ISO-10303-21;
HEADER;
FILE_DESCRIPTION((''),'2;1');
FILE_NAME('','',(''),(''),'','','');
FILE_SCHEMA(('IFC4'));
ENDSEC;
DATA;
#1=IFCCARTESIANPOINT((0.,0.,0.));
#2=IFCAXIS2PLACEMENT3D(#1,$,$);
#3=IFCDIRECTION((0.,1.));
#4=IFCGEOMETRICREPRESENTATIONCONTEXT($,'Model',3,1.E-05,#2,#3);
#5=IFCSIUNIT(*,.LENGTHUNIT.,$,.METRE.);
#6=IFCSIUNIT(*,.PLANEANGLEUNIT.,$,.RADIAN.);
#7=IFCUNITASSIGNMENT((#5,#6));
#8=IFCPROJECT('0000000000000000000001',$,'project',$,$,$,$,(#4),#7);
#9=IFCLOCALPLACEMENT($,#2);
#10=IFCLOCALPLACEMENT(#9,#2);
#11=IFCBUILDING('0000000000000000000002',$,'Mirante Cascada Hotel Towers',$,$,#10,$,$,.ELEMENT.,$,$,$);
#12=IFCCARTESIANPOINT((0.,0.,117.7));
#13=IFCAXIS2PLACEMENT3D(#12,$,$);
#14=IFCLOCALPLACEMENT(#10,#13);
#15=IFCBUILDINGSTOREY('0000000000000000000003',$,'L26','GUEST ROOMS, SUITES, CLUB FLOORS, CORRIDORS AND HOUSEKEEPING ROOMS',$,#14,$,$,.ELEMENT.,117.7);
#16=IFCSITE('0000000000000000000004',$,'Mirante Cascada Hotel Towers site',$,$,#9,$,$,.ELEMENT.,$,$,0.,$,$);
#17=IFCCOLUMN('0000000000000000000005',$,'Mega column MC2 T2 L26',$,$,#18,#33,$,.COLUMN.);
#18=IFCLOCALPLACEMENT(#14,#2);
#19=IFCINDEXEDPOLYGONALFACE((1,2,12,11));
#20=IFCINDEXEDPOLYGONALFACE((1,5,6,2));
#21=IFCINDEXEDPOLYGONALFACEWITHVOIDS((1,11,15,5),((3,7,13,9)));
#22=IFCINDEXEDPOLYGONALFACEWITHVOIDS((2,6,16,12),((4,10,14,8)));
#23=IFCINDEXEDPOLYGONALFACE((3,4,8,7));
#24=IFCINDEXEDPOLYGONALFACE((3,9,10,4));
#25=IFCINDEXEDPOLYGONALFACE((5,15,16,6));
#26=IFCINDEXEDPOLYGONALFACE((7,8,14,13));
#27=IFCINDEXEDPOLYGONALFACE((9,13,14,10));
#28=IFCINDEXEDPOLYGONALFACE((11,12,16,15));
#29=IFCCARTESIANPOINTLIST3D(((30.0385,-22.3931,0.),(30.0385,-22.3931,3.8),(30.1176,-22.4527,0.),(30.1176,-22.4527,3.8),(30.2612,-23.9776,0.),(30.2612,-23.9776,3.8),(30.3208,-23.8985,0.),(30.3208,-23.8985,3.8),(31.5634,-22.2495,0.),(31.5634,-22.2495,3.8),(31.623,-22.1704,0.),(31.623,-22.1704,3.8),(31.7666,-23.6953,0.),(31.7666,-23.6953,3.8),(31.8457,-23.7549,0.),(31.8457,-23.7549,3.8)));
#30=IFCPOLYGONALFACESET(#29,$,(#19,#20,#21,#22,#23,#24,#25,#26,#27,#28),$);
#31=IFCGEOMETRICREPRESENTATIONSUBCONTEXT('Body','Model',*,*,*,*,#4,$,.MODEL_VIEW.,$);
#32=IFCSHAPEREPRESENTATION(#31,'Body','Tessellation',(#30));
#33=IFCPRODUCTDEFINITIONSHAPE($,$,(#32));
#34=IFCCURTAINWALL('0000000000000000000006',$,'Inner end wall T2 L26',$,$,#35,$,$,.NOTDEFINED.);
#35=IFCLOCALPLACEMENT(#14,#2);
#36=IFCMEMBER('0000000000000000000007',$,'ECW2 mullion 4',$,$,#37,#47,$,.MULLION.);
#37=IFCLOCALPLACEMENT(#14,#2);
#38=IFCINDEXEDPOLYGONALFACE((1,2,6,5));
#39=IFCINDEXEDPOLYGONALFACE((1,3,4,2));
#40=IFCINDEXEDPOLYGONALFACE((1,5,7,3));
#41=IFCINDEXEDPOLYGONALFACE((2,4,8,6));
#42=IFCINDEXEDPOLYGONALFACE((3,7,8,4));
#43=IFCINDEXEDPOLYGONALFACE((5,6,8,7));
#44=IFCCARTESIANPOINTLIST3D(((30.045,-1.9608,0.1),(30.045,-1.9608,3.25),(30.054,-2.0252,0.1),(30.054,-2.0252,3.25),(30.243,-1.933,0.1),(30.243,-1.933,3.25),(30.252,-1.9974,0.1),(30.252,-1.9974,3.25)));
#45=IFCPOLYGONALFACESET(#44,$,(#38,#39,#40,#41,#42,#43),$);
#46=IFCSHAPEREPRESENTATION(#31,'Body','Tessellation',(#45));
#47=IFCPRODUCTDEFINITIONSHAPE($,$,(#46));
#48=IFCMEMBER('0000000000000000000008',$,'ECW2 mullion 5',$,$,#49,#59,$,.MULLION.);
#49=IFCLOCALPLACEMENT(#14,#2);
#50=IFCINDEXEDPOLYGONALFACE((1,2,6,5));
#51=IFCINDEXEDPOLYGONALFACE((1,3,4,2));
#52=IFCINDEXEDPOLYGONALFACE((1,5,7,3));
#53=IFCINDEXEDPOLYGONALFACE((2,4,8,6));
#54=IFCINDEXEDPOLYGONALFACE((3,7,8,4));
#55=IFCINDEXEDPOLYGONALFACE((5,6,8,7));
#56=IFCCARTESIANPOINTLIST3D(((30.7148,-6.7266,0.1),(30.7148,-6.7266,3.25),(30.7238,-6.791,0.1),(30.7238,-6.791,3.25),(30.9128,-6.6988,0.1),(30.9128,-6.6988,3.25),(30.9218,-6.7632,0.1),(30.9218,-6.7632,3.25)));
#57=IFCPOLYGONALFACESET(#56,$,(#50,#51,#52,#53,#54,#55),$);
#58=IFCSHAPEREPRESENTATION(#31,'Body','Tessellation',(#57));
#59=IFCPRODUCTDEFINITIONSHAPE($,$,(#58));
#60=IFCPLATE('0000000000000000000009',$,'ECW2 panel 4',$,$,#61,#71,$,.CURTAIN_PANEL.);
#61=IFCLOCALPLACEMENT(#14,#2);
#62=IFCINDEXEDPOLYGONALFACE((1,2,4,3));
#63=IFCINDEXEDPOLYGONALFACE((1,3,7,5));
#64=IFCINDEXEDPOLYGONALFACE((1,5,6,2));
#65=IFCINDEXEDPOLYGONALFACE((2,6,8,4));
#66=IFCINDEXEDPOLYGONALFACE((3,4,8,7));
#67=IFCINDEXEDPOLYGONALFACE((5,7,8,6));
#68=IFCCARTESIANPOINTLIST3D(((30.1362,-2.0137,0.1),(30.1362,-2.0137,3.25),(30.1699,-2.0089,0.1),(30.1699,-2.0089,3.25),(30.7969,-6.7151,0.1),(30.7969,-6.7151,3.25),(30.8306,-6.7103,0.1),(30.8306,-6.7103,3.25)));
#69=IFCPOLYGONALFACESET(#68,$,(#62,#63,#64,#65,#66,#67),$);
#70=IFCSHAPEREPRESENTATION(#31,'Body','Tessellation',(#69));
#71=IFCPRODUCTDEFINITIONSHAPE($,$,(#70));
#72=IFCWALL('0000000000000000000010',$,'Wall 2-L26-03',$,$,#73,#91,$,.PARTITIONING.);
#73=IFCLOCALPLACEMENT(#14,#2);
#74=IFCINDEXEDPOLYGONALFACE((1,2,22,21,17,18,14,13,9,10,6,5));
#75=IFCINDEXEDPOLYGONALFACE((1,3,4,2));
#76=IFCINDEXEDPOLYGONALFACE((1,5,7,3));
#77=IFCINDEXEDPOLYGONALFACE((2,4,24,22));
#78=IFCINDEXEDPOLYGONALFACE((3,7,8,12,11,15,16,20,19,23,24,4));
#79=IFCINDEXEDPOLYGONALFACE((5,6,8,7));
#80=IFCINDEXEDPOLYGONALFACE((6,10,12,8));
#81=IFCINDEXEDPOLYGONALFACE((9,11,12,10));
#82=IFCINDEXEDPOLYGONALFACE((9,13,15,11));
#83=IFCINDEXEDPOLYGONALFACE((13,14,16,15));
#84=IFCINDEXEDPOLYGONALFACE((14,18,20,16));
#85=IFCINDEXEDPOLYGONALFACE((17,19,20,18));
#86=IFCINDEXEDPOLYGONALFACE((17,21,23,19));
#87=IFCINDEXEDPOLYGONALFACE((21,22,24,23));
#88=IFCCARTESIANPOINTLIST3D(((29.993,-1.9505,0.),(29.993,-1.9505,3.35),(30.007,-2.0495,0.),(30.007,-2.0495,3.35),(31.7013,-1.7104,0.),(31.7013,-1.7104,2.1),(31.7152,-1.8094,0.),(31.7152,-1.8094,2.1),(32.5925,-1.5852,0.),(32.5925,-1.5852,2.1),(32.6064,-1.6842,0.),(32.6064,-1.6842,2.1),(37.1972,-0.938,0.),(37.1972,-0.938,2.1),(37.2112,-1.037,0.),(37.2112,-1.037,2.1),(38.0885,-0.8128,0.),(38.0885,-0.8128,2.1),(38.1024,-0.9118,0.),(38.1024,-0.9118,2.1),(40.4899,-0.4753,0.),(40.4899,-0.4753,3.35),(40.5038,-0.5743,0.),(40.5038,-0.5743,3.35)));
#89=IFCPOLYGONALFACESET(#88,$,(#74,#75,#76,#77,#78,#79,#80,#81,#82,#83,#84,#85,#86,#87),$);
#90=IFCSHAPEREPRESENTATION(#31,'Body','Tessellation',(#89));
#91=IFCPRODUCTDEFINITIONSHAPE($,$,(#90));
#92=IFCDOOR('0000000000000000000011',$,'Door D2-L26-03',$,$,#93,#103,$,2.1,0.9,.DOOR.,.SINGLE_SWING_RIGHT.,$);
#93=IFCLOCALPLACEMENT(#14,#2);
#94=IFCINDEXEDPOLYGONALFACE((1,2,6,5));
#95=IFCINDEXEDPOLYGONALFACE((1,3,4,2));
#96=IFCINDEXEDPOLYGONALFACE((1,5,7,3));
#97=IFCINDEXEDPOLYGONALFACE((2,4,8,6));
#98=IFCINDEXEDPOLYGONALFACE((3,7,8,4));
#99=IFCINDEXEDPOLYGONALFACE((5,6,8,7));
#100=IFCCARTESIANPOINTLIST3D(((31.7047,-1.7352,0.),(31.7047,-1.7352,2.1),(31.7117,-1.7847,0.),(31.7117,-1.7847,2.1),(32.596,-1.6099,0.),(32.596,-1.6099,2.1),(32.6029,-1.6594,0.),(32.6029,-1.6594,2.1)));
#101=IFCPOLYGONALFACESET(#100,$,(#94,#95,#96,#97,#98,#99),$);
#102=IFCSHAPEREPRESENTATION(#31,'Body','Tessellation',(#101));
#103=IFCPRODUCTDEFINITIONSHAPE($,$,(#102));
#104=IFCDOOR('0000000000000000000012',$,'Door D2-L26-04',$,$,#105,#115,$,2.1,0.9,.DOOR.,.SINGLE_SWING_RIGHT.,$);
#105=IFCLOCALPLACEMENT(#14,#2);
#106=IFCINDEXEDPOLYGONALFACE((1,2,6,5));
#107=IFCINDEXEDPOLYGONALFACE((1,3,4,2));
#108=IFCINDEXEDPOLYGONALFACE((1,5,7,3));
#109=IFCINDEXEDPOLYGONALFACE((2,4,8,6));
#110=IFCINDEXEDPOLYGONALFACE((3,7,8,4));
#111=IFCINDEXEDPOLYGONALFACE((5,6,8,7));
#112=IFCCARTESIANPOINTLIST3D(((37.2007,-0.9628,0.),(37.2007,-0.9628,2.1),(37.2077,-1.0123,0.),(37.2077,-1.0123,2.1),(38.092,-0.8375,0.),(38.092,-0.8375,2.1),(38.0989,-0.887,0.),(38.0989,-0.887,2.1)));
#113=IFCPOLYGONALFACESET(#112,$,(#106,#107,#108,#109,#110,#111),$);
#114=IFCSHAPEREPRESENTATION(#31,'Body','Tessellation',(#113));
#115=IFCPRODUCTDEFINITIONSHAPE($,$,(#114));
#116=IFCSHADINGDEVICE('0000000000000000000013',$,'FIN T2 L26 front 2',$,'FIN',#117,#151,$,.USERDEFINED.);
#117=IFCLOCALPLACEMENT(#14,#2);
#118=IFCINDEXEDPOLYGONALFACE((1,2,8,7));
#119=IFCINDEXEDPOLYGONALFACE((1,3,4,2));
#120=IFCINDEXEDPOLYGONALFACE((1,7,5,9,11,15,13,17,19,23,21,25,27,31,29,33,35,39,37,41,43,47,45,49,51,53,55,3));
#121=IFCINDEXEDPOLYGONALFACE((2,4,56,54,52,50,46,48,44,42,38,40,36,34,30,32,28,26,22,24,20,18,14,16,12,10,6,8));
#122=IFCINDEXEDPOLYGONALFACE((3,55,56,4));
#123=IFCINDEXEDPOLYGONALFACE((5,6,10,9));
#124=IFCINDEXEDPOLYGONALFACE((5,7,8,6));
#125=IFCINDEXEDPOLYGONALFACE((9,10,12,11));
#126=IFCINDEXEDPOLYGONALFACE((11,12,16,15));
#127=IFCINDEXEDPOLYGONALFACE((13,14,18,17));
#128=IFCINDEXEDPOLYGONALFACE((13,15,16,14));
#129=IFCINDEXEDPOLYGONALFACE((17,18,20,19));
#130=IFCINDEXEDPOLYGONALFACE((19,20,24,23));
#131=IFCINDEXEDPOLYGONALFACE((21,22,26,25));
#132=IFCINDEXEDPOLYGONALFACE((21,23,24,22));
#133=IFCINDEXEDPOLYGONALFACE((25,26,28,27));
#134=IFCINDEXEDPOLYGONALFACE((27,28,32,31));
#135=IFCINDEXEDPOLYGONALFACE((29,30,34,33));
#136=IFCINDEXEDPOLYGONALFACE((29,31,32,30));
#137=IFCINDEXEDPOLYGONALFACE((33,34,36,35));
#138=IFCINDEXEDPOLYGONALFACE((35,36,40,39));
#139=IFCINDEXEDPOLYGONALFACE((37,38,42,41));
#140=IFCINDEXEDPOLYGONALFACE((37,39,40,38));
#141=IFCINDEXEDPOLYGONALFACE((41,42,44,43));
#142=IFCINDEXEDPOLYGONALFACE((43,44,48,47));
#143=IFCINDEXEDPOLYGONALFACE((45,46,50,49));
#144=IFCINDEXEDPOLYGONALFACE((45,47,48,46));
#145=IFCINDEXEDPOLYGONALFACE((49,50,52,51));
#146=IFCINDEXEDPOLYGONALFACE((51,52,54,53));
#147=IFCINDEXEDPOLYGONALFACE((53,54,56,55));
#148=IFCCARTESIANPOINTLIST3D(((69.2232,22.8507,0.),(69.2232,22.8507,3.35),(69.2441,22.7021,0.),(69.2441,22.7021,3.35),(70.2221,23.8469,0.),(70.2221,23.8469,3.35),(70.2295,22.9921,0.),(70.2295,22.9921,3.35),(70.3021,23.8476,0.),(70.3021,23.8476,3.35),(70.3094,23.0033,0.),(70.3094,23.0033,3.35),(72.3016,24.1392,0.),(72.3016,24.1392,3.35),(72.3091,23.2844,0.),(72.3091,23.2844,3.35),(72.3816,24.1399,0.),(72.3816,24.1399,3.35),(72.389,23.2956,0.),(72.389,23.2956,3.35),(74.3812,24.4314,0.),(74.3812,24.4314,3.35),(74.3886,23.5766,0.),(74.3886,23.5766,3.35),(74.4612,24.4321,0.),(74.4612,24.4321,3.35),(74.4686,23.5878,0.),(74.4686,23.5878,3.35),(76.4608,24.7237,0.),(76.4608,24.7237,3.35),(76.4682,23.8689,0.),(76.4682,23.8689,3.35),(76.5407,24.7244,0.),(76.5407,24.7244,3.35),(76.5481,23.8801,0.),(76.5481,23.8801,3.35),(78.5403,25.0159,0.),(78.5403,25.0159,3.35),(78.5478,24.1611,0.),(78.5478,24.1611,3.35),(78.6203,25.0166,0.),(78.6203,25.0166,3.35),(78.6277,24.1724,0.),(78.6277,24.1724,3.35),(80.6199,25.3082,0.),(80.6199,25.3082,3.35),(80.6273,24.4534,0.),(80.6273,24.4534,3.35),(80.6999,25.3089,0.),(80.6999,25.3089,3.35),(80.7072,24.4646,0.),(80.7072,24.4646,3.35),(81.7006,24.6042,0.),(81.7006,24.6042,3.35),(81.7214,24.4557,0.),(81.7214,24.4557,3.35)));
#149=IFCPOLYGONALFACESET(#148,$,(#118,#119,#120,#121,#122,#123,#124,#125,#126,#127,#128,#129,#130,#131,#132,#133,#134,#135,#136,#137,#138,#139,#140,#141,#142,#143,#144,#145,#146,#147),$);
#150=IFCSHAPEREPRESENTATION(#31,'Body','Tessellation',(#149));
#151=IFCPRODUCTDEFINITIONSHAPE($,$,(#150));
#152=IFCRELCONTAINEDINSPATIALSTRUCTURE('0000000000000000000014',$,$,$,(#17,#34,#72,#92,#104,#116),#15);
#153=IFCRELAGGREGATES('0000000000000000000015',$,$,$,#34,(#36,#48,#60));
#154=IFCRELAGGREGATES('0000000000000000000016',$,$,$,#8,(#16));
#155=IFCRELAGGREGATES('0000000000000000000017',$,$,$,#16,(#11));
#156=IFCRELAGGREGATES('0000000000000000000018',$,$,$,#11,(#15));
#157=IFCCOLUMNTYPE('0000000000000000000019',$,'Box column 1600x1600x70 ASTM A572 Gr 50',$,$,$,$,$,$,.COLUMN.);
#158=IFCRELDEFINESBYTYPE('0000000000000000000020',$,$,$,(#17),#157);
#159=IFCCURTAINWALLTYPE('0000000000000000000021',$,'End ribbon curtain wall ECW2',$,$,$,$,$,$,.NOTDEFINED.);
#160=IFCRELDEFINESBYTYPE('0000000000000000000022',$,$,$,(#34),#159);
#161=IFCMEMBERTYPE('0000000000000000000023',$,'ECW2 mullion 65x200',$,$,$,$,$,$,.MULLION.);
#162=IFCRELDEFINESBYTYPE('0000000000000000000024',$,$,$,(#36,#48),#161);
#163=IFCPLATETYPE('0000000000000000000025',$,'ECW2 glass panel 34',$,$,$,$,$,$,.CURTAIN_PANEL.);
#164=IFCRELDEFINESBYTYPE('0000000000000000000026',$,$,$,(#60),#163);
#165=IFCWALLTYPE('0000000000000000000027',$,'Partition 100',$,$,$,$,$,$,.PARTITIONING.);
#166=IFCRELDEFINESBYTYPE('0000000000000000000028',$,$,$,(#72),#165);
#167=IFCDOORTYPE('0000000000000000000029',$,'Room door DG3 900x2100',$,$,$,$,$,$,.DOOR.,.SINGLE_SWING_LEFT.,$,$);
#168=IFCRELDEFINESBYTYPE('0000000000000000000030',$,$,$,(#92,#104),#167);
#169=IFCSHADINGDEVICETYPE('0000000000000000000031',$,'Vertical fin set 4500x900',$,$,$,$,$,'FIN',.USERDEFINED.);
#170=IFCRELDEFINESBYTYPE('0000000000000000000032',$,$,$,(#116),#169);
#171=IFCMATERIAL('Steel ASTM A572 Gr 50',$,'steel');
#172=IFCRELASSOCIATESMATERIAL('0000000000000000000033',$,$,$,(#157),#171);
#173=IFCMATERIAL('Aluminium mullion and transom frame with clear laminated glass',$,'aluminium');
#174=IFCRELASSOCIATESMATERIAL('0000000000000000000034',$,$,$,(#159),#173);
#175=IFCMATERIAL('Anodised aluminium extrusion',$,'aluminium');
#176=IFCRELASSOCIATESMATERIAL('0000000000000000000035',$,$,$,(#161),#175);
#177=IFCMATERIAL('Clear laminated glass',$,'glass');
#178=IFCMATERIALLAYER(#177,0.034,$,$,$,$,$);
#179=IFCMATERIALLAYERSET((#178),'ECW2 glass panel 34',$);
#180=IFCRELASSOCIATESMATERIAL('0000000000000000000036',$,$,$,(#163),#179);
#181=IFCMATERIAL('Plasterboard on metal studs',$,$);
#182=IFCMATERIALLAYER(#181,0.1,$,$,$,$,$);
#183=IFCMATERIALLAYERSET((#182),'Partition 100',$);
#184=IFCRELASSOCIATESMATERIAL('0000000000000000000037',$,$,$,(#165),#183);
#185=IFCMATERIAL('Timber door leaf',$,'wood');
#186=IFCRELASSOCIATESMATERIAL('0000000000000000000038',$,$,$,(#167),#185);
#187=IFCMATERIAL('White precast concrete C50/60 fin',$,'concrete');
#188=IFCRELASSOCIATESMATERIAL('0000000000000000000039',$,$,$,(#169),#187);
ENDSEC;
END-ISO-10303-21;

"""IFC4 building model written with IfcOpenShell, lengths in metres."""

from ifc_helpers import new_model, si_unit, direction, frame, frame_2d, origin, origin_2d, place, context, subcontext, project, spatial, polyline, rectangle, hollow_rectangle, outline, extrude, material, layer, layer_set, material_profile, profile_set, type_object, element, fill, aggregate, save


model = new_model("IFC4")

# Units and contexts
model_context = context("Model", 3, precision=1e-05, world=origin(), true_north=direction((0.0, 1.0)))
body_context = subcontext(model_context, "Body", "Model", "MODEL_VIEW")
ifc_project = project(units=[si_unit("LENGTHUNIT", "METRE"), si_unit("PLANEANGLEUNIT", "RADIAN")], contexts=[model_context])

# Site, building, storey
site_placement = place(None, origin())
site = spatial("IfcSite", under=ifc_project, at=site_placement, Name="Mirante Cascada Hotel Towers site", CompositionType="ELEMENT", RefElevation=0.0)
building_placement = place(site_placement, origin())
building = spatial("IfcBuilding", under=site, at=building_placement, Name="Mirante Cascada Hotel Towers", CompositionType="ELEMENT")
storey_placement = place(building_placement, frame((0.0, 0.0, 117.7)))
storey = spatial("IfcBuildingStorey", under=building, at=storey_placement, Name="L26", Description="GUEST ROOMS, SUITES, CLUB FLOORS, CORRIDORS AND HOUSEKEEPING ROOMS", CompositionType="ELEMENT", Elevation=117.7)

# Column
ifc_material_1 = material(Name="Steel ASTM A572 Gr 50", Category="steel")
ifc_material_profile_1 = material_profile(ifc_material_1, hollow_rectangle(XDim=1.6, YDim=1.6, WallThickness=0.07, at=origin_2d()), Name="Box column 1600x1600x70 ASTM A572 Gr 50")
ifc_profile_set_1 = profile_set([ifc_material_profile_1], Name="Steel ASTM A572 Gr 50")
column_type = type_object("IfcColumnType", Name="Box column 1600x1600x70 ASTM A572 Gr 50", PredefinedType="COLUMN", material=ifc_profile_set_1)
column_placement = place(storey_placement, frame((30.9421, -23.074, 0.0), z_axis=(0.0, 0.0, 1.0), x_axis=(0.990268, 0.139173, 0.0)))
element("IfcColumn", 1, at=column_placement, inside=storey, type_object=column_type, Name="Mega column MC2 T2 L26", PredefinedType="COLUMN", context=body_context, shape_type="SweptSolid", body=[
    extrude(hollow_rectangle(XDim=1.6, YDim=1.6, WallThickness=0.07, at=origin_2d()), origin(), (0.0, 0.0, 1.0), 3.8),
])

# Curtain wall, members, plate
ifc_material_2 = material(Name="Aluminium mullion and transom frame with clear laminated glass", Category="aluminium")
curtain_wall_type = type_object("IfcCurtainWallType", Name="End ribbon curtain wall ECW2", PredefinedType="NOTDEFINED", material=ifc_material_2)
curtain_wall_placement = place(storey_placement, origin())
curtain_wall = element("IfcCurtainWall", 2, at=curtain_wall_placement, inside=storey, type_object=curtain_wall_type, Name="Inner end wall T2 L26", PredefinedType="NOTDEFINED")
ifc_material_3 = material(Name="Anodised aluminium extrusion", Category="aluminium")
ifc_material_profile_2 = material_profile(ifc_material_3, rectangle(XDim=0.2, YDim=0.065, at=origin_2d()), Name="ECW2 MULLION 65x200")
ifc_profile_set_2 = profile_set([ifc_material_profile_2], Name="Anodised aluminium extrusion")
member_type = type_object("IfcMemberType", Name="ECW2 mullion 65x200", PredefinedType="MULLION", material=ifc_profile_set_2)
member_1_placement = place(storey_placement, frame((30.1485, -1.9791, 0.1), z_axis=(0.0, 0.0, 1.0), x_axis=(0.990268, 0.139173, 0.0)))
member_1 = element("IfcMember", 3, at=member_1_placement, type_object=member_type, Name="ECW2 mullion 4", PredefinedType="MULLION", context=body_context, shape_type="SweptSolid", body=[
    extrude(rectangle(XDim=0.2, YDim=0.065, at=origin_2d()), origin(), (0.0, 0.0, 1.0), 3.15),
])
member_2_placement = place(storey_placement, frame((30.8183, -6.7449, 0.1), z_axis=(0.0, 0.0, 1.0), x_axis=(0.990268, 0.139173, 0.0)))
member_2 = element("IfcMember", 4, at=member_2_placement, type_object=member_type, Name="ECW2 mullion 5", PredefinedType="MULLION", context=body_context, shape_type="SweptSolid", body=[
    extrude(rectangle(XDim=0.2, YDim=0.065, at=origin_2d()), origin(), (0.0, 0.0, 1.0), 3.15),
])
ifc_material_4 = material(Name="Clear laminated glass", Category="glass")
ifc_layer_1 = layer(ifc_material_4, 0.034)
ifc_layer_set_1 = layer_set([ifc_layer_1], Name="ECW2 glass panel 34")
plate_type = type_object("IfcPlateType", Name="ECW2 glass panel 34", PredefinedType="CURTAIN_PANEL", material=ifc_layer_set_1)
plate_placement = place(storey_placement, frame((30.4834, -4.362, 0.1), z_axis=(0.0, 0.0, 1.0), x_axis=(0.139173, -0.990268, 0.0)))
plate = element("IfcPlate", 5, at=plate_placement, type_object=plate_type, Name="ECW2 panel 4", PredefinedType="CURTAIN_PANEL", context=body_context, shape_type="SweptSolid", body=[
    extrude(rectangle(XDim=4.7476, YDim=0.034, at=origin_2d()), origin(), (0.0, 0.0, 1.0), 3.15),
])
aggregate(curtain_wall, [member_1, member_2, plate])

# Wall, openings, doors
ifc_material_5 = material(Name="Plasterboard on metal studs")
ifc_layer_2 = layer(ifc_material_5, 0.1)
ifc_layer_set_2 = layer_set([ifc_layer_2], Name="Partition 100")
wall_type = type_object("IfcWallType", Name="Partition 100", PredefinedType="PARTITIONING", material=ifc_layer_set_2)
wall_placement = place(storey_placement, frame((30.0, -2.0, 0.0), z_axis=(0.0, 0.0, 1.0), x_axis=(0.990268, 0.13917, 0.0)))
wall = element("IfcWall", 6, at=wall_placement, inside=storey, type_object=wall_type, Name="Wall 2-L26-03", PredefinedType="PARTITIONING", context=body_context, shape_type="SweptSolid", body=[
    extrude(rectangle(XDim=10.6, YDim=0.1, at=frame_2d((5.3, 0.0))), origin(), (0.0, 0.0, 1.0), 3.35),
])
opening_1_placement = place(wall_placement, frame((1.725, 0.0, 0.0)))
opening_1 = element("IfcOpeningElement", 7, at=opening_1_placement, cuts=wall, PredefinedType="OPENING", context=body_context, shape_type="SweptSolid", body=[
    extrude(rectangle(XDim=0.9, YDim=2.1, at=frame_2d((0.45, 1.05))), frame((0.0, 0.05, 0.0), z_axis=(0.0, -1.0, 0.0), x_axis=(1.0, 0.0, 0.0)), (0.0, 0.0, 1.0), 0.1),
])
opening_2_placement = place(wall_placement, frame((7.275, 0.0, 0.0)))
opening_2 = element("IfcOpeningElement", 8, at=opening_2_placement, cuts=wall, PredefinedType="OPENING", context=body_context, shape_type="SweptSolid", body=[
    extrude(rectangle(XDim=0.9, YDim=2.1, at=frame_2d((0.45, 1.05))), frame((0.0, 0.05, 0.0), z_axis=(0.0, -1.0, 0.0), x_axis=(1.0, 0.0, 0.0)), (0.0, 0.0, 1.0), 0.1),
])
ifc_material_6 = material(Name="Timber door leaf", Category="wood")
door_type = type_object("IfcDoorType", Name="Room door DG3 900x2100", OperationType="SINGLE_SWING_LEFT", PredefinedType="DOOR", material=ifc_material_6)
door_1_placement = place(opening_1_placement, frame((0.9, 0.0, 0.0), z_axis=(0.0, 0.0, 1.0), x_axis=(-1.0, 0.0, 0.0)))
door_1 = element("IfcDoor", 9, at=door_1_placement, inside=storey, type_object=door_type, Name="Door D2-L26-03", OperationType="SINGLE_SWING_RIGHT", OverallHeight=2.1, OverallWidth=0.9, PredefinedType="DOOR", context=body_context, shape_type="SweptSolid", body=[
    extrude(rectangle(XDim=0.9, YDim=2.1, at=frame_2d((0.45, 1.05))), frame((0.0, 0.025, 0.0), z_axis=(0.0, -1.0, 0.0), x_axis=(1.0, 0.0, 0.0)), (0.0, 0.0, 1.0), 0.05),
])
fill(opening_1, door_1)
door_2_placement = place(opening_2_placement, frame((0.9, 0.0, 0.0), z_axis=(0.0, 0.0, 1.0), x_axis=(-1.0, 0.0, 0.0)))
door_2 = element("IfcDoor", 10, at=door_2_placement, inside=storey, type_object=door_type, Name="Door D2-L26-04", OperationType="SINGLE_SWING_RIGHT", OverallHeight=2.1, OverallWidth=0.9, PredefinedType="DOOR", context=body_context, shape_type="SweptSolid", body=[
    extrude(rectangle(XDim=0.9, YDim=2.1, at=frame_2d((0.45, 1.05))), frame((0.0, 0.025, 0.0), z_axis=(0.0, -1.0, 0.0), x_axis=(1.0, 0.0, 0.0)), (0.0, 0.0, 1.0), 0.05),
])
fill(opening_2, door_2)

# Shading device
ifc_material_7 = material(Name="White precast concrete C50/60 fin", Category="concrete")
shading_device_type = type_object("IfcShadingDeviceType", Name="Vertical fin set 4500x900", ElementType="FIN", PredefinedType="USERDEFINED", material=ifc_material_7)
shading_device_1_placement = place(storey_placement, origin())
element("IfcShadingDevice", 11, at=shading_device_1_placement, inside=storey, type_object=shading_device_type, Name="FIN T2 L26 front 2", ObjectType="FIN", PredefinedType="USERDEFINED", context=body_context, shape_type="SweptSolid", body=[
    extrude(outline(polyline([(70.3021, 23.8476), (70.3094, 23.0033), (72.3091, 23.2844), (72.3016, 24.1392), (72.3816, 24.1399), (72.389, 23.2956), (74.3886, 23.5766), (74.3812, 24.4314), (74.4612, 24.4321), (74.4686, 23.5878), (76.4682, 23.8689), (76.4608, 24.7237), (76.5407, 24.7244), (76.5481, 23.8801), (78.5478, 24.1611), (78.5403, 25.0159), (78.6203, 25.0166), (78.6277, 24.1724), (80.6273, 24.4534), (80.6199, 25.3082), (80.6999, 25.3089), (80.7072, 24.4646), (81.7006, 24.6042), (81.7214, 24.4557), (69.2441, 22.7021), (69.2232, 22.8507), (70.2295, 22.9921), (70.2221, 23.8469), (70.3021, 23.8476)])), origin(), (0.0, 0.0, 1.0), 3.35),
])

save(model, "model.ifc")
